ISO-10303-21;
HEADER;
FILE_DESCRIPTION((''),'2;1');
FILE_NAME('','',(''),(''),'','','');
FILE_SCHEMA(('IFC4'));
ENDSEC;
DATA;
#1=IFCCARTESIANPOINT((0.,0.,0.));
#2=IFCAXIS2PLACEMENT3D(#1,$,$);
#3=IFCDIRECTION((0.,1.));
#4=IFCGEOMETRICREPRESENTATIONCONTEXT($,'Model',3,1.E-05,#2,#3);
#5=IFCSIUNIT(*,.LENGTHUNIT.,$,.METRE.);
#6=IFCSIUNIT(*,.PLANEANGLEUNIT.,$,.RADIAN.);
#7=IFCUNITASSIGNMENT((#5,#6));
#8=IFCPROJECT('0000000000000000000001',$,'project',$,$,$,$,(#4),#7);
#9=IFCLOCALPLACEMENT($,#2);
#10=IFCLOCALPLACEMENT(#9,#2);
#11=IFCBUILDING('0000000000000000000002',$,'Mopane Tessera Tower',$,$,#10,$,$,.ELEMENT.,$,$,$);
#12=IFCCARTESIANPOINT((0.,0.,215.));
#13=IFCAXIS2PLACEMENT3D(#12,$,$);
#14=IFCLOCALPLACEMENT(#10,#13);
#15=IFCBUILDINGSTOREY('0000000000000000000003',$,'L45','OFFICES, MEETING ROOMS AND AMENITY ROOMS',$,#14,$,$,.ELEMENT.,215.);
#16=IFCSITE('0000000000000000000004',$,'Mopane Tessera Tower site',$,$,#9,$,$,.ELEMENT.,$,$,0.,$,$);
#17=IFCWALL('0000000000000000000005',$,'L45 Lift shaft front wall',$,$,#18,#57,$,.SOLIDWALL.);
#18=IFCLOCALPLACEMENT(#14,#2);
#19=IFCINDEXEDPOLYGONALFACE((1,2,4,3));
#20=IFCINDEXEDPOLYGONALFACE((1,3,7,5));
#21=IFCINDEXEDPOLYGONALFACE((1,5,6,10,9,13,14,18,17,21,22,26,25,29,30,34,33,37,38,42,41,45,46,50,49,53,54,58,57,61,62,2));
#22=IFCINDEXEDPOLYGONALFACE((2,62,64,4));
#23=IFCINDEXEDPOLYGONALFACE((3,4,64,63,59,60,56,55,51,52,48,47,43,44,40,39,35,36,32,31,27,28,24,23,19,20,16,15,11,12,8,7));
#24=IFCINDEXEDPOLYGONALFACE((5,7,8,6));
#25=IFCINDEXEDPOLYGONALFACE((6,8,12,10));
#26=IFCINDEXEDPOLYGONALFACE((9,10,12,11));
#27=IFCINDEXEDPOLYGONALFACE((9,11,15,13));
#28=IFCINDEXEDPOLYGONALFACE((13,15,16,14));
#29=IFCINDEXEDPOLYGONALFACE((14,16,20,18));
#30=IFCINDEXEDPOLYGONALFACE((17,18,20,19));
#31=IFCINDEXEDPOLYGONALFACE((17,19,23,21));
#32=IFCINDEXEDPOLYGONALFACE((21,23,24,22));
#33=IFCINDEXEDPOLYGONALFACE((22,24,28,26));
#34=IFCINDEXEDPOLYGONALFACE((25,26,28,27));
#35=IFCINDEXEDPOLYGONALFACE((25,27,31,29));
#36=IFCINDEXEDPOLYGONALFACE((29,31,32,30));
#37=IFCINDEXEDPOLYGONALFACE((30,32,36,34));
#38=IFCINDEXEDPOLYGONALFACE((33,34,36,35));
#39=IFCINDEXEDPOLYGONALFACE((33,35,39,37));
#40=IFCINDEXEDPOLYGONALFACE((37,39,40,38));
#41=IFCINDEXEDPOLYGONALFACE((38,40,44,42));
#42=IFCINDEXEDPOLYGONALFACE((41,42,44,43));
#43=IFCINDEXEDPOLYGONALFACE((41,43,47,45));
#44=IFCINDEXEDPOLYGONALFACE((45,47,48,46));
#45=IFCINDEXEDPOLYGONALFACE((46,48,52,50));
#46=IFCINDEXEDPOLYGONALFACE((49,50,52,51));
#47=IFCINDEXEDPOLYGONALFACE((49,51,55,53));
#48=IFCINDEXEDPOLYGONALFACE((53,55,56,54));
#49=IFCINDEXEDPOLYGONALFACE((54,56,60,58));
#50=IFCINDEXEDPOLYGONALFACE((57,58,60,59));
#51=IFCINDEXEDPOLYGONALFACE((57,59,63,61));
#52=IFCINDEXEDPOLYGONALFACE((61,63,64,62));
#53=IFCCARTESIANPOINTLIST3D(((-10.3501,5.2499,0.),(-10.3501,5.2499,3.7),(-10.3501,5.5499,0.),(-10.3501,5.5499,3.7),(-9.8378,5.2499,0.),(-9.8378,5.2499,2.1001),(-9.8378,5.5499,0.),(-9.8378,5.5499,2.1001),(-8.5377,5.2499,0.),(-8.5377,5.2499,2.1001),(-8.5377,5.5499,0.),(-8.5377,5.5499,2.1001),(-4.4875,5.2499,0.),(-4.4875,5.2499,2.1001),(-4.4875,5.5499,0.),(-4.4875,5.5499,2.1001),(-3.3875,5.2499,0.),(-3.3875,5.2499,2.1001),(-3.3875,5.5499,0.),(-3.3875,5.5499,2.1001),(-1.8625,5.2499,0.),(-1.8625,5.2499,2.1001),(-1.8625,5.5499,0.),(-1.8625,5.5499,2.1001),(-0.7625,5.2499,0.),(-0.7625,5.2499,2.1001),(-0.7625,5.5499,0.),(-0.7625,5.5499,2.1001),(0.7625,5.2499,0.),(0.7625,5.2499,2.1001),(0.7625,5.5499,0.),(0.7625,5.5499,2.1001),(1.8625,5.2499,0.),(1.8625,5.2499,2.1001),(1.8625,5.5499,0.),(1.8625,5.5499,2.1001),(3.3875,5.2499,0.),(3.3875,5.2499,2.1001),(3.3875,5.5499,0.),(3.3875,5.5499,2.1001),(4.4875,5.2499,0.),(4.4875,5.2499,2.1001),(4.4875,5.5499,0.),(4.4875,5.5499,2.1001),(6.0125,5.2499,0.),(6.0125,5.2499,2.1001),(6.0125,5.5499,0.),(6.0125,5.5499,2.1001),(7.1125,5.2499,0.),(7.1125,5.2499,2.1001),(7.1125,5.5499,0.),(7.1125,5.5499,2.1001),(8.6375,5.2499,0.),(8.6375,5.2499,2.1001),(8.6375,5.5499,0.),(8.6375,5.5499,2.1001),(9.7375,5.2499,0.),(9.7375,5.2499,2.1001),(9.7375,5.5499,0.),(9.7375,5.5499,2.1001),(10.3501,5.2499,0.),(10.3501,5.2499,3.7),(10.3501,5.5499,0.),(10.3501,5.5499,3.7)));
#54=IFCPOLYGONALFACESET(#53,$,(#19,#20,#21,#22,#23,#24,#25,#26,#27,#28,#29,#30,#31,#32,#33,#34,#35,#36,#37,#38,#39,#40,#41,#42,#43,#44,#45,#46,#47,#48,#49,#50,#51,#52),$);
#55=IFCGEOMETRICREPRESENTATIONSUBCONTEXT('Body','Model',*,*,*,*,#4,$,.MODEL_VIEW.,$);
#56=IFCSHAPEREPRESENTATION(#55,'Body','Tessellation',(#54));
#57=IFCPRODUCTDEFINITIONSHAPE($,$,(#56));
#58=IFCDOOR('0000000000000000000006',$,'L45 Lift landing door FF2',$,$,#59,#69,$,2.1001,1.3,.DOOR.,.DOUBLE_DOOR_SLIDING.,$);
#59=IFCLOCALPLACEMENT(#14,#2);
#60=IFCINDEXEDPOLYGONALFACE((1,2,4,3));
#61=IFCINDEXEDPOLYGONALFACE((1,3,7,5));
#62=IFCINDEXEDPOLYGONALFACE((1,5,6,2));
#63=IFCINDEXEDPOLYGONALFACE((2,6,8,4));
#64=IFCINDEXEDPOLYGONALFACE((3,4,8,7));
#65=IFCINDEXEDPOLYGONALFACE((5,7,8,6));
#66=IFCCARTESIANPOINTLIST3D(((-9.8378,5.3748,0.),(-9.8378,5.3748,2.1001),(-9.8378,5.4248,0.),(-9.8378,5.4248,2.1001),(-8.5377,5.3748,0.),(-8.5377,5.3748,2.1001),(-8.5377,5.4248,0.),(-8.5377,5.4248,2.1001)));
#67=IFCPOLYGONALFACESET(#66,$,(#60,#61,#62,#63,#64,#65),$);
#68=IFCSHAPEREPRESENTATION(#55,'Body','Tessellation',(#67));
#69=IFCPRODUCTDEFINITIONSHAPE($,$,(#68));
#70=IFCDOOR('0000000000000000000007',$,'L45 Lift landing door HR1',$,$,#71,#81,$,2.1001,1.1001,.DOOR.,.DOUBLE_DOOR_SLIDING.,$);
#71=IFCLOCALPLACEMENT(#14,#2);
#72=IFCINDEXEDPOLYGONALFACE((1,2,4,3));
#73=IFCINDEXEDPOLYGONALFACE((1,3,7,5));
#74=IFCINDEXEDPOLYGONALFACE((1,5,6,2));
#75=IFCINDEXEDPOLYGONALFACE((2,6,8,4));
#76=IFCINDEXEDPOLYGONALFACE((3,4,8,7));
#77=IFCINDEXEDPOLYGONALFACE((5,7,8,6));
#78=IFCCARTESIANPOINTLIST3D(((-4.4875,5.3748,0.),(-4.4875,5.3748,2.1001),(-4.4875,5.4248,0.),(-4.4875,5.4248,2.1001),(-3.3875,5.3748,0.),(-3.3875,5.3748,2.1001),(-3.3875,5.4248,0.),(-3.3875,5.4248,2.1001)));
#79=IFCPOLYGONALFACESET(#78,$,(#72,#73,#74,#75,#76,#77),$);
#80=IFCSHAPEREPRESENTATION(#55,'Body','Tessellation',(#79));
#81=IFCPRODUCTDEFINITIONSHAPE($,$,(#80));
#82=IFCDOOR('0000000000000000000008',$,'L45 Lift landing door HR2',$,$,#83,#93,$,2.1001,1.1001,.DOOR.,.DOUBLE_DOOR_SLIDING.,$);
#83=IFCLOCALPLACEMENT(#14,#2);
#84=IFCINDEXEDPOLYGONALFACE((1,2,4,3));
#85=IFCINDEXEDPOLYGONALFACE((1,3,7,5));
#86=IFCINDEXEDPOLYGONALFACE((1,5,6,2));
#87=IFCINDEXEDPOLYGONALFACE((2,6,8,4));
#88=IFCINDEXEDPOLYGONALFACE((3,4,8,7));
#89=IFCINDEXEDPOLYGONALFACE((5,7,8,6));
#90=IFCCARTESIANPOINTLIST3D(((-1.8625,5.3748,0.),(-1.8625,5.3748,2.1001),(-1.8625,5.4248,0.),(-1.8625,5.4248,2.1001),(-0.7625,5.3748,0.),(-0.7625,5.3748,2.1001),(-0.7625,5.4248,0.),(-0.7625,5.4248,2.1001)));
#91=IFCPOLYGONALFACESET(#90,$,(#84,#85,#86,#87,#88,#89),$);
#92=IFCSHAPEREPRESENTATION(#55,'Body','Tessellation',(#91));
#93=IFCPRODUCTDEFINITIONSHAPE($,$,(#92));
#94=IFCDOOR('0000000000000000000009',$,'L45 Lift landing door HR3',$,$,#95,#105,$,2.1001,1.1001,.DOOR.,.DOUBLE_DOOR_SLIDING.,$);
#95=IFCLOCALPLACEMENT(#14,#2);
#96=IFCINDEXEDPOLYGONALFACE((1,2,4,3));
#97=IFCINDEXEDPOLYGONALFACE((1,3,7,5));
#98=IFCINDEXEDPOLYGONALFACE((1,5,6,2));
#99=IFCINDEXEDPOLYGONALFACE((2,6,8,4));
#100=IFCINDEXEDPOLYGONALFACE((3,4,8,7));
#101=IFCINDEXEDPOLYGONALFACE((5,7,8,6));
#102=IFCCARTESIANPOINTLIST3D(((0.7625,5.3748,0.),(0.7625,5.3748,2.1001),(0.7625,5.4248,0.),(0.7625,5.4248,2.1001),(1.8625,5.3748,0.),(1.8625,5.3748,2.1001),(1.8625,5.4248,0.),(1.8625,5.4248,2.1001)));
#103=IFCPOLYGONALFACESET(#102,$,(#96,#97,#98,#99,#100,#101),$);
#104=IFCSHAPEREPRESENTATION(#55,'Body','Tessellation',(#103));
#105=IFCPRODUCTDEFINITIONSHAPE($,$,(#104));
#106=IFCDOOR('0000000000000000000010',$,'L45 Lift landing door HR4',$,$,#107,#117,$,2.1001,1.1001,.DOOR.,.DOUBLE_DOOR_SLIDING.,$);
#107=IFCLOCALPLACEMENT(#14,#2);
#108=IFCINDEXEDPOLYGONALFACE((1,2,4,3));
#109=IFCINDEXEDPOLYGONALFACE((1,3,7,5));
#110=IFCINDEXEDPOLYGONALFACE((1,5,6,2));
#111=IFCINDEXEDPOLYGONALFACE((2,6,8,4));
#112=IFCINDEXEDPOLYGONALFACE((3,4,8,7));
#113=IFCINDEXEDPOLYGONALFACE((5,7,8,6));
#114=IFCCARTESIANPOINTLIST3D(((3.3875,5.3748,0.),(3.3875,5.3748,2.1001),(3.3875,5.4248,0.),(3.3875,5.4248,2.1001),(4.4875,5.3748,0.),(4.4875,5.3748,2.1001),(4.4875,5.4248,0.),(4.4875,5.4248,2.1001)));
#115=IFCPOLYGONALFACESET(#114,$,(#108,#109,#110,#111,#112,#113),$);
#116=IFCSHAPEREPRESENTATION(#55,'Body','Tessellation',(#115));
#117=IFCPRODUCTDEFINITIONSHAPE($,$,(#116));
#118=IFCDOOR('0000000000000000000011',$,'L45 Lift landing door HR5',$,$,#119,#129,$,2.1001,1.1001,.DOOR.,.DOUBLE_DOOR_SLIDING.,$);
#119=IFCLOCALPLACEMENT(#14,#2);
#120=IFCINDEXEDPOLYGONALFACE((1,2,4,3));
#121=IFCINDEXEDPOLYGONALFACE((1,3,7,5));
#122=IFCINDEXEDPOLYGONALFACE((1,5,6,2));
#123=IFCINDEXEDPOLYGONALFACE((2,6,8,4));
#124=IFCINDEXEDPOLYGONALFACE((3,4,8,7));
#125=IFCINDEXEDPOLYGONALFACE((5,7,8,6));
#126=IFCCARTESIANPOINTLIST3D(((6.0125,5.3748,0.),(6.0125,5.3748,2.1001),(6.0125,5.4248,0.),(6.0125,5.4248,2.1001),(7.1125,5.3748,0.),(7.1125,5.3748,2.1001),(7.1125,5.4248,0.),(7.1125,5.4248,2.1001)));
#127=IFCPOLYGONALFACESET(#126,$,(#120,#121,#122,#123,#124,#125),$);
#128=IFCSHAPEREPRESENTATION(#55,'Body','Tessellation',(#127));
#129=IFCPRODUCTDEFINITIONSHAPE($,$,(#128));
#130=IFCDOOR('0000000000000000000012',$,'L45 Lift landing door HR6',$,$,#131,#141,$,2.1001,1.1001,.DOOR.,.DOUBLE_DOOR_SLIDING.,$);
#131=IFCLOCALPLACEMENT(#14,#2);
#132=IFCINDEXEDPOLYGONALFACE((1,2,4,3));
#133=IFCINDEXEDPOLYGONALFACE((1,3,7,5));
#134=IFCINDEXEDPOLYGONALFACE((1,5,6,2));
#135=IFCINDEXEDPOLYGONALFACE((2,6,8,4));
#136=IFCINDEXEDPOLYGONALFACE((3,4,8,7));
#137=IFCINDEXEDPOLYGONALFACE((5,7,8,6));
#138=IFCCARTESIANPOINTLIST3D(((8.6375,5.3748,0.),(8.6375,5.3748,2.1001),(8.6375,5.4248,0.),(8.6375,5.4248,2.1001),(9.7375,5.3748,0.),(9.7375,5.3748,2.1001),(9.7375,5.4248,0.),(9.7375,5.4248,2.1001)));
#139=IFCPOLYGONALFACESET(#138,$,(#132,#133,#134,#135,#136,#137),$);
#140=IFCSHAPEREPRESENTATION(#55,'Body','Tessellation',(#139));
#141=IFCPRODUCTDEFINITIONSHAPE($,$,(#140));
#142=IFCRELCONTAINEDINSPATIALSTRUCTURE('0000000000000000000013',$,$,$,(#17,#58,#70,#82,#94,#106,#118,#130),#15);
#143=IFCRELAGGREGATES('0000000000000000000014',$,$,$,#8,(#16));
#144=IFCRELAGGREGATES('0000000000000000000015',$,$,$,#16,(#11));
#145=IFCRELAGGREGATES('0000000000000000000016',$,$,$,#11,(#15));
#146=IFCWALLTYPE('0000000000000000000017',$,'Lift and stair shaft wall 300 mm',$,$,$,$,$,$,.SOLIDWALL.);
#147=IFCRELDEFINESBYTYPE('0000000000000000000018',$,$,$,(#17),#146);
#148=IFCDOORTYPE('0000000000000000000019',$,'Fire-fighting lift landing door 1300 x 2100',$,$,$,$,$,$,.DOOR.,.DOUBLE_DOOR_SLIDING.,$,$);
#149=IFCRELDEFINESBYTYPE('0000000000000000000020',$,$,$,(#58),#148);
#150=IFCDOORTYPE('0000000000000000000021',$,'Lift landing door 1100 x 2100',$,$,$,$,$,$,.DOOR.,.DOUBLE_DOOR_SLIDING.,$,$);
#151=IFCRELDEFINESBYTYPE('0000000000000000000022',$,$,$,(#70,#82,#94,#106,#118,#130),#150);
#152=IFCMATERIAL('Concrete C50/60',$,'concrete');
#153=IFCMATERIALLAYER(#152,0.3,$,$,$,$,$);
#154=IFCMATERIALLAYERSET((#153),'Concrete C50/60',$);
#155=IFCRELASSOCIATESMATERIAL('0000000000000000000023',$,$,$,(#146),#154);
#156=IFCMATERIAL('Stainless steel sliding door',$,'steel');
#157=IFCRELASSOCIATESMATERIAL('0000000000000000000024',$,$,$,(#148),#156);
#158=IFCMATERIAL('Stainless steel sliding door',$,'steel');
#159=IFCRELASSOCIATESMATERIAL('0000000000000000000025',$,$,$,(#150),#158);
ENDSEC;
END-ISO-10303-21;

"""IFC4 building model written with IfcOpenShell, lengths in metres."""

from ifc_helpers import new_model, si_unit, direction, frame, frame_2d, origin, place, context, subcontext, project, spatial, rectangle, extrude, material, layer, layer_set, type_object, element, fill, save


model = new_model("IFC4")

# Units and contexts
model_context = context("Model", 3, precision=1e-05, world=origin(), true_north=direction((0.0, 1.0)))
body_context = subcontext(model_context, "Body", "Model", "MODEL_VIEW")
ifc_project = project(units=[si_unit("LENGTHUNIT", "METRE"), si_unit("PLANEANGLEUNIT", "RADIAN")], contexts=[model_context])

# Site, building, storey
site_placement = place(None, origin())
site = spatial("IfcSite", under=ifc_project, at=site_placement, Name="Mopane Tessera Tower site", CompositionType="ELEMENT", RefElevation=0.0)
building_placement = place(site_placement, origin())
building = spatial("IfcBuilding", under=site, at=building_placement, Name="Mopane Tessera Tower", CompositionType="ELEMENT")
storey_placement = place(building_placement, frame((0.0, 0.0, 215.0)))
storey = spatial("IfcBuildingStorey", under=building, at=storey_placement, Name="L45", Description="OFFICES, MEETING ROOMS AND AMENITY ROOMS", CompositionType="ELEMENT", Elevation=215.0)

# Wall, openings, doors
ifc_material_1 = material(Name="Concrete C50/60", Category="concrete")
ifc_layer_1 = layer(ifc_material_1, 0.3)
ifc_layer_set_1 = layer_set([ifc_layer_1], Name="Concrete C50/60")
wall_type_1 = type_object("IfcWallType", Name="Lift and stair shaft wall 300 mm", PredefinedType="SOLIDWALL", material=ifc_layer_set_1)
ifc_material_2 = material(Name="Stainless steel sliding door", Category="steel")
door_type_1 = type_object("IfcDoorType", Name="Fire-fighting lift landing door 1300 x 2100", OperationType="DOUBLE_DOOR_SLIDING", PredefinedType="DOOR", material=ifc_material_2)
wall_1_placement = place(storey_placement, frame((-10.3501, 5.3999, 0.0), z_axis=(0.0, 0.0, 1.0), x_axis=(1.0, 0.0, 0.0)))
wall_1 = element("IfcWall", 1, at=wall_1_placement, inside=storey, type_object=wall_type_1, Name="L45 Lift shaft front wall", PredefinedType="SOLIDWALL", context=body_context, shape_type="SweptSolid", body=[
    extrude(rectangle(XDim=20.7002, YDim=0.3, at=frame_2d((10.3501, 0.0))), origin(), (0.0, 0.0, 1.0), 3.7),
])
opening_1_placement = place(wall_1_placement, frame((0.5125, 0.0, 0.0)))
opening_1 = element("IfcOpeningElement", 2, at=opening_1_placement, cuts=wall_1, PredefinedType="OPENING", context=body_context, shape_type="SweptSolid", body=[
    extrude(rectangle(XDim=1.3, YDim=2.1001, at=frame_2d((0.6499, 1.05))), frame((0.0, 0.1621, 0.0), z_axis=(0.0, -1.0, 0.0), x_axis=(1.0, 0.0, 0.0)), (0.0, 0.0, 1.0), 0.324),
])
opening_2_placement = place(wall_1_placement, frame((5.8625, 0.0, 0.0)))
opening_2 = element("IfcOpeningElement", 3, at=opening_2_placement, cuts=wall_1, PredefinedType="OPENING", context=body_context, shape_type="SweptSolid", body=[
    extrude(rectangle(XDim=1.1001, YDim=2.1001, at=frame_2d((0.55, 1.05))), frame((0.0, 0.1621, 0.0), z_axis=(0.0, -1.0, 0.0), x_axis=(1.0, 0.0, 0.0)), (0.0, 0.0, 1.0), 0.324),
])
opening_3_placement = place(wall_1_placement, frame((8.4875, 0.0, 0.0)))
opening_3 = element("IfcOpeningElement", 4, at=opening_3_placement, cuts=wall_1, PredefinedType="OPENING", context=body_context, shape_type="SweptSolid", body=[
    extrude(rectangle(XDim=1.1001, YDim=2.1001, at=frame_2d((0.55, 1.05))), frame((0.0, 0.1621, 0.0), z_axis=(0.0, -1.0, 0.0), x_axis=(1.0, 0.0, 0.0)), (0.0, 0.0, 1.0), 0.324),
])
opening_4_placement = place(wall_1_placement, frame((11.1125, 0.0, 0.0)))
opening_4 = element("IfcOpeningElement", 5, at=opening_4_placement, cuts=wall_1, PredefinedType="OPENING", context=body_context, shape_type="SweptSolid", body=[
    extrude(rectangle(XDim=1.1001, YDim=2.1001, at=frame_2d((0.55, 1.05))), frame((0.0, 0.1621, 0.0), z_axis=(0.0, -1.0, 0.0), x_axis=(1.0, 0.0, 0.0)), (0.0, 0.0, 1.0), 0.324),
])
opening_5_placement = place(wall_1_placement, frame((13.7375, 0.0, 0.0)))
opening_5 = element("IfcOpeningElement", 6, at=opening_5_placement, cuts=wall_1, PredefinedType="OPENING", context=body_context, shape_type="SweptSolid", body=[
    extrude(rectangle(XDim=1.1001, YDim=2.1001, at=frame_2d((0.55, 1.05))), frame((0.0, 0.1621, 0.0), z_axis=(0.0, -1.0, 0.0), x_axis=(1.0, 0.0, 0.0)), (0.0, 0.0, 1.0), 0.324),
])
opening_6_placement = place(wall_1_placement, frame((16.3625, 0.0, 0.0)))
opening_6 = element("IfcOpeningElement", 7, at=opening_6_placement, cuts=wall_1, PredefinedType="OPENING", context=body_context, shape_type="SweptSolid", body=[
    extrude(rectangle(XDim=1.1001, YDim=2.1001, at=frame_2d((0.55, 1.05))), frame((0.0, 0.1621, 0.0), z_axis=(0.0, -1.0, 0.0), x_axis=(1.0, 0.0, 0.0)), (0.0, 0.0, 1.0), 0.324),
])
opening_7_placement = place(wall_1_placement, frame((18.9875, 0.0, 0.0)))
opening_7 = element("IfcOpeningElement", 8, at=opening_7_placement, cuts=wall_1, PredefinedType="OPENING", context=body_context, shape_type="SweptSolid", body=[
    extrude(rectangle(XDim=1.1001, YDim=2.1001, at=frame_2d((0.55, 1.05))), frame((0.0, 0.1621, 0.0), z_axis=(0.0, -1.0, 0.0), x_axis=(1.0, 0.0, 0.0)), (0.0, 0.0, 1.0), 0.324),
])
door_1_placement = place(opening_1_placement, origin())
door_1 = element("IfcDoor", 9, at=door_1_placement, inside=storey, type_object=door_type_1, Name="L45 Lift landing door FF2", OperationType="DOUBLE_DOOR_SLIDING", OverallHeight=2.1001, OverallWidth=1.3, PredefinedType="DOOR", context=body_context, shape_type="SweptSolid", body=[
    extrude(rectangle(XDim=1.3, YDim=2.1001, at=frame_2d((0.6499, 1.05))), frame((0.0, 0.0249, 0.0), z_axis=(0.0, -1.0, 0.0), x_axis=(1.0, 0.0, 0.0)), (0.0, 0.0, 1.0), 0.05),
])
fill(opening_1, door_1)
ifc_material_3 = material(Name="Stainless steel sliding door", Category="steel")
door_type_2 = type_object("IfcDoorType", Name="Lift landing door 1100 x 2100", OperationType="DOUBLE_DOOR_SLIDING", PredefinedType="DOOR", material=ifc_material_3)
door_2_placement = place(opening_2_placement, origin())
door_2 = element("IfcDoor", 10, at=door_2_placement, inside=storey, type_object=door_type_2, Name="L45 Lift landing door HR1", OperationType="DOUBLE_DOOR_SLIDING", OverallHeight=2.1001, OverallWidth=1.1001, PredefinedType="DOOR", context=body_context, shape_type="SweptSolid", body=[
    extrude(rectangle(XDim=1.1001, YDim=2.1001, at=frame_2d((0.55, 1.05))), frame((0.0, 0.0249, 0.0), z_axis=(0.0, -1.0, 0.0), x_axis=(1.0, 0.0, 0.0)), (0.0, 0.0, 1.0), 0.05),
])
fill(opening_2, door_2)
door_3_placement = place(opening_3_placement, origin())
door_3 = element("IfcDoor", 11, at=door_3_placement, inside=storey, type_object=door_type_2, Name="L45 Lift landing door HR2", OperationType="DOUBLE_DOOR_SLIDING", OverallHeight=2.1001, OverallWidth=1.1001, PredefinedType="DOOR", context=body_context, shape_type="SweptSolid", body=[
    extrude(rectangle(XDim=1.1001, YDim=2.1001, at=frame_2d((0.55, 1.05))), frame((0.0, 0.0249, 0.0), z_axis=(0.0, -1.0, 0.0), x_axis=(1.0, 0.0, 0.0)), (0.0, 0.0, 1.0), 0.05),
])
fill(opening_3, door_3)
door_4_placement = place(opening_4_placement, origin())
door_4 = element("IfcDoor", 12, at=door_4_placement, inside=storey, type_object=door_type_2, Name="L45 Lift landing door HR3", OperationType="DOUBLE_DOOR_SLIDING", OverallHeight=2.1001, OverallWidth=1.1001, PredefinedType="DOOR", context=body_context, shape_type="SweptSolid", body=[
    extrude(rectangle(XDim=1.1001, YDim=2.1001, at=frame_2d((0.55, 1.05))), frame((0.0, 0.0249, 0.0), z_axis=(0.0, -1.0, 0.0), x_axis=(1.0, 0.0, 0.0)), (0.0, 0.0, 1.0), 0.05),
])
fill(opening_4, door_4)
door_5_placement = place(opening_5_placement, origin())
door_5 = element("IfcDoor", 13, at=door_5_placement, inside=storey, type_object=door_type_2, Name="L45 Lift landing door HR4", OperationType="DOUBLE_DOOR_SLIDING", OverallHeight=2.1001, OverallWidth=1.1001, PredefinedType="DOOR", context=body_context, shape_type="SweptSolid", body=[
    extrude(rectangle(XDim=1.1001, YDim=2.1001, at=frame_2d((0.55, 1.05))), frame((0.0, 0.0249, 0.0), z_axis=(0.0, -1.0, 0.0), x_axis=(1.0, 0.0, 0.0)), (0.0, 0.0, 1.0), 0.05),
])
fill(opening_5, door_5)
door_6_placement = place(opening_6_placement, origin())
door_6 = element("IfcDoor", 14, at=door_6_placement, inside=storey, type_object=door_type_2, Name="L45 Lift landing door HR5", OperationType="DOUBLE_DOOR_SLIDING", OverallHeight=2.1001, OverallWidth=1.1001, PredefinedType="DOOR", context=body_context, shape_type="SweptSolid", body=[
    extrude(rectangle(XDim=1.1001, YDim=2.1001, at=frame_2d((0.55, 1.05))), frame((0.0, 0.0249, 0.0), z_axis=(0.0, -1.0, 0.0), x_axis=(1.0, 0.0, 0.0)), (0.0, 0.0, 1.0), 0.05),
])
fill(opening_6, door_6)
door_7_placement = place(opening_7_placement, origin())
door_7 = element("IfcDoor", 15, at=door_7_placement, inside=storey, type_object=door_type_2, Name="L45 Lift landing door HR6", OperationType="DOUBLE_DOOR_SLIDING", OverallHeight=2.1001, OverallWidth=1.1001, PredefinedType="DOOR", context=body_context, shape_type="SweptSolid", body=[
    extrude(rectangle(XDim=1.1001, YDim=2.1001, at=frame_2d((0.55, 1.05))), frame((0.0, 0.0249, 0.0), z_axis=(0.0, -1.0, 0.0), x_axis=(1.0, 0.0, 0.0)), (0.0, 0.0, 1.0), 0.05),
])
fill(opening_7, door_7)

save(model, "model.ifc")
